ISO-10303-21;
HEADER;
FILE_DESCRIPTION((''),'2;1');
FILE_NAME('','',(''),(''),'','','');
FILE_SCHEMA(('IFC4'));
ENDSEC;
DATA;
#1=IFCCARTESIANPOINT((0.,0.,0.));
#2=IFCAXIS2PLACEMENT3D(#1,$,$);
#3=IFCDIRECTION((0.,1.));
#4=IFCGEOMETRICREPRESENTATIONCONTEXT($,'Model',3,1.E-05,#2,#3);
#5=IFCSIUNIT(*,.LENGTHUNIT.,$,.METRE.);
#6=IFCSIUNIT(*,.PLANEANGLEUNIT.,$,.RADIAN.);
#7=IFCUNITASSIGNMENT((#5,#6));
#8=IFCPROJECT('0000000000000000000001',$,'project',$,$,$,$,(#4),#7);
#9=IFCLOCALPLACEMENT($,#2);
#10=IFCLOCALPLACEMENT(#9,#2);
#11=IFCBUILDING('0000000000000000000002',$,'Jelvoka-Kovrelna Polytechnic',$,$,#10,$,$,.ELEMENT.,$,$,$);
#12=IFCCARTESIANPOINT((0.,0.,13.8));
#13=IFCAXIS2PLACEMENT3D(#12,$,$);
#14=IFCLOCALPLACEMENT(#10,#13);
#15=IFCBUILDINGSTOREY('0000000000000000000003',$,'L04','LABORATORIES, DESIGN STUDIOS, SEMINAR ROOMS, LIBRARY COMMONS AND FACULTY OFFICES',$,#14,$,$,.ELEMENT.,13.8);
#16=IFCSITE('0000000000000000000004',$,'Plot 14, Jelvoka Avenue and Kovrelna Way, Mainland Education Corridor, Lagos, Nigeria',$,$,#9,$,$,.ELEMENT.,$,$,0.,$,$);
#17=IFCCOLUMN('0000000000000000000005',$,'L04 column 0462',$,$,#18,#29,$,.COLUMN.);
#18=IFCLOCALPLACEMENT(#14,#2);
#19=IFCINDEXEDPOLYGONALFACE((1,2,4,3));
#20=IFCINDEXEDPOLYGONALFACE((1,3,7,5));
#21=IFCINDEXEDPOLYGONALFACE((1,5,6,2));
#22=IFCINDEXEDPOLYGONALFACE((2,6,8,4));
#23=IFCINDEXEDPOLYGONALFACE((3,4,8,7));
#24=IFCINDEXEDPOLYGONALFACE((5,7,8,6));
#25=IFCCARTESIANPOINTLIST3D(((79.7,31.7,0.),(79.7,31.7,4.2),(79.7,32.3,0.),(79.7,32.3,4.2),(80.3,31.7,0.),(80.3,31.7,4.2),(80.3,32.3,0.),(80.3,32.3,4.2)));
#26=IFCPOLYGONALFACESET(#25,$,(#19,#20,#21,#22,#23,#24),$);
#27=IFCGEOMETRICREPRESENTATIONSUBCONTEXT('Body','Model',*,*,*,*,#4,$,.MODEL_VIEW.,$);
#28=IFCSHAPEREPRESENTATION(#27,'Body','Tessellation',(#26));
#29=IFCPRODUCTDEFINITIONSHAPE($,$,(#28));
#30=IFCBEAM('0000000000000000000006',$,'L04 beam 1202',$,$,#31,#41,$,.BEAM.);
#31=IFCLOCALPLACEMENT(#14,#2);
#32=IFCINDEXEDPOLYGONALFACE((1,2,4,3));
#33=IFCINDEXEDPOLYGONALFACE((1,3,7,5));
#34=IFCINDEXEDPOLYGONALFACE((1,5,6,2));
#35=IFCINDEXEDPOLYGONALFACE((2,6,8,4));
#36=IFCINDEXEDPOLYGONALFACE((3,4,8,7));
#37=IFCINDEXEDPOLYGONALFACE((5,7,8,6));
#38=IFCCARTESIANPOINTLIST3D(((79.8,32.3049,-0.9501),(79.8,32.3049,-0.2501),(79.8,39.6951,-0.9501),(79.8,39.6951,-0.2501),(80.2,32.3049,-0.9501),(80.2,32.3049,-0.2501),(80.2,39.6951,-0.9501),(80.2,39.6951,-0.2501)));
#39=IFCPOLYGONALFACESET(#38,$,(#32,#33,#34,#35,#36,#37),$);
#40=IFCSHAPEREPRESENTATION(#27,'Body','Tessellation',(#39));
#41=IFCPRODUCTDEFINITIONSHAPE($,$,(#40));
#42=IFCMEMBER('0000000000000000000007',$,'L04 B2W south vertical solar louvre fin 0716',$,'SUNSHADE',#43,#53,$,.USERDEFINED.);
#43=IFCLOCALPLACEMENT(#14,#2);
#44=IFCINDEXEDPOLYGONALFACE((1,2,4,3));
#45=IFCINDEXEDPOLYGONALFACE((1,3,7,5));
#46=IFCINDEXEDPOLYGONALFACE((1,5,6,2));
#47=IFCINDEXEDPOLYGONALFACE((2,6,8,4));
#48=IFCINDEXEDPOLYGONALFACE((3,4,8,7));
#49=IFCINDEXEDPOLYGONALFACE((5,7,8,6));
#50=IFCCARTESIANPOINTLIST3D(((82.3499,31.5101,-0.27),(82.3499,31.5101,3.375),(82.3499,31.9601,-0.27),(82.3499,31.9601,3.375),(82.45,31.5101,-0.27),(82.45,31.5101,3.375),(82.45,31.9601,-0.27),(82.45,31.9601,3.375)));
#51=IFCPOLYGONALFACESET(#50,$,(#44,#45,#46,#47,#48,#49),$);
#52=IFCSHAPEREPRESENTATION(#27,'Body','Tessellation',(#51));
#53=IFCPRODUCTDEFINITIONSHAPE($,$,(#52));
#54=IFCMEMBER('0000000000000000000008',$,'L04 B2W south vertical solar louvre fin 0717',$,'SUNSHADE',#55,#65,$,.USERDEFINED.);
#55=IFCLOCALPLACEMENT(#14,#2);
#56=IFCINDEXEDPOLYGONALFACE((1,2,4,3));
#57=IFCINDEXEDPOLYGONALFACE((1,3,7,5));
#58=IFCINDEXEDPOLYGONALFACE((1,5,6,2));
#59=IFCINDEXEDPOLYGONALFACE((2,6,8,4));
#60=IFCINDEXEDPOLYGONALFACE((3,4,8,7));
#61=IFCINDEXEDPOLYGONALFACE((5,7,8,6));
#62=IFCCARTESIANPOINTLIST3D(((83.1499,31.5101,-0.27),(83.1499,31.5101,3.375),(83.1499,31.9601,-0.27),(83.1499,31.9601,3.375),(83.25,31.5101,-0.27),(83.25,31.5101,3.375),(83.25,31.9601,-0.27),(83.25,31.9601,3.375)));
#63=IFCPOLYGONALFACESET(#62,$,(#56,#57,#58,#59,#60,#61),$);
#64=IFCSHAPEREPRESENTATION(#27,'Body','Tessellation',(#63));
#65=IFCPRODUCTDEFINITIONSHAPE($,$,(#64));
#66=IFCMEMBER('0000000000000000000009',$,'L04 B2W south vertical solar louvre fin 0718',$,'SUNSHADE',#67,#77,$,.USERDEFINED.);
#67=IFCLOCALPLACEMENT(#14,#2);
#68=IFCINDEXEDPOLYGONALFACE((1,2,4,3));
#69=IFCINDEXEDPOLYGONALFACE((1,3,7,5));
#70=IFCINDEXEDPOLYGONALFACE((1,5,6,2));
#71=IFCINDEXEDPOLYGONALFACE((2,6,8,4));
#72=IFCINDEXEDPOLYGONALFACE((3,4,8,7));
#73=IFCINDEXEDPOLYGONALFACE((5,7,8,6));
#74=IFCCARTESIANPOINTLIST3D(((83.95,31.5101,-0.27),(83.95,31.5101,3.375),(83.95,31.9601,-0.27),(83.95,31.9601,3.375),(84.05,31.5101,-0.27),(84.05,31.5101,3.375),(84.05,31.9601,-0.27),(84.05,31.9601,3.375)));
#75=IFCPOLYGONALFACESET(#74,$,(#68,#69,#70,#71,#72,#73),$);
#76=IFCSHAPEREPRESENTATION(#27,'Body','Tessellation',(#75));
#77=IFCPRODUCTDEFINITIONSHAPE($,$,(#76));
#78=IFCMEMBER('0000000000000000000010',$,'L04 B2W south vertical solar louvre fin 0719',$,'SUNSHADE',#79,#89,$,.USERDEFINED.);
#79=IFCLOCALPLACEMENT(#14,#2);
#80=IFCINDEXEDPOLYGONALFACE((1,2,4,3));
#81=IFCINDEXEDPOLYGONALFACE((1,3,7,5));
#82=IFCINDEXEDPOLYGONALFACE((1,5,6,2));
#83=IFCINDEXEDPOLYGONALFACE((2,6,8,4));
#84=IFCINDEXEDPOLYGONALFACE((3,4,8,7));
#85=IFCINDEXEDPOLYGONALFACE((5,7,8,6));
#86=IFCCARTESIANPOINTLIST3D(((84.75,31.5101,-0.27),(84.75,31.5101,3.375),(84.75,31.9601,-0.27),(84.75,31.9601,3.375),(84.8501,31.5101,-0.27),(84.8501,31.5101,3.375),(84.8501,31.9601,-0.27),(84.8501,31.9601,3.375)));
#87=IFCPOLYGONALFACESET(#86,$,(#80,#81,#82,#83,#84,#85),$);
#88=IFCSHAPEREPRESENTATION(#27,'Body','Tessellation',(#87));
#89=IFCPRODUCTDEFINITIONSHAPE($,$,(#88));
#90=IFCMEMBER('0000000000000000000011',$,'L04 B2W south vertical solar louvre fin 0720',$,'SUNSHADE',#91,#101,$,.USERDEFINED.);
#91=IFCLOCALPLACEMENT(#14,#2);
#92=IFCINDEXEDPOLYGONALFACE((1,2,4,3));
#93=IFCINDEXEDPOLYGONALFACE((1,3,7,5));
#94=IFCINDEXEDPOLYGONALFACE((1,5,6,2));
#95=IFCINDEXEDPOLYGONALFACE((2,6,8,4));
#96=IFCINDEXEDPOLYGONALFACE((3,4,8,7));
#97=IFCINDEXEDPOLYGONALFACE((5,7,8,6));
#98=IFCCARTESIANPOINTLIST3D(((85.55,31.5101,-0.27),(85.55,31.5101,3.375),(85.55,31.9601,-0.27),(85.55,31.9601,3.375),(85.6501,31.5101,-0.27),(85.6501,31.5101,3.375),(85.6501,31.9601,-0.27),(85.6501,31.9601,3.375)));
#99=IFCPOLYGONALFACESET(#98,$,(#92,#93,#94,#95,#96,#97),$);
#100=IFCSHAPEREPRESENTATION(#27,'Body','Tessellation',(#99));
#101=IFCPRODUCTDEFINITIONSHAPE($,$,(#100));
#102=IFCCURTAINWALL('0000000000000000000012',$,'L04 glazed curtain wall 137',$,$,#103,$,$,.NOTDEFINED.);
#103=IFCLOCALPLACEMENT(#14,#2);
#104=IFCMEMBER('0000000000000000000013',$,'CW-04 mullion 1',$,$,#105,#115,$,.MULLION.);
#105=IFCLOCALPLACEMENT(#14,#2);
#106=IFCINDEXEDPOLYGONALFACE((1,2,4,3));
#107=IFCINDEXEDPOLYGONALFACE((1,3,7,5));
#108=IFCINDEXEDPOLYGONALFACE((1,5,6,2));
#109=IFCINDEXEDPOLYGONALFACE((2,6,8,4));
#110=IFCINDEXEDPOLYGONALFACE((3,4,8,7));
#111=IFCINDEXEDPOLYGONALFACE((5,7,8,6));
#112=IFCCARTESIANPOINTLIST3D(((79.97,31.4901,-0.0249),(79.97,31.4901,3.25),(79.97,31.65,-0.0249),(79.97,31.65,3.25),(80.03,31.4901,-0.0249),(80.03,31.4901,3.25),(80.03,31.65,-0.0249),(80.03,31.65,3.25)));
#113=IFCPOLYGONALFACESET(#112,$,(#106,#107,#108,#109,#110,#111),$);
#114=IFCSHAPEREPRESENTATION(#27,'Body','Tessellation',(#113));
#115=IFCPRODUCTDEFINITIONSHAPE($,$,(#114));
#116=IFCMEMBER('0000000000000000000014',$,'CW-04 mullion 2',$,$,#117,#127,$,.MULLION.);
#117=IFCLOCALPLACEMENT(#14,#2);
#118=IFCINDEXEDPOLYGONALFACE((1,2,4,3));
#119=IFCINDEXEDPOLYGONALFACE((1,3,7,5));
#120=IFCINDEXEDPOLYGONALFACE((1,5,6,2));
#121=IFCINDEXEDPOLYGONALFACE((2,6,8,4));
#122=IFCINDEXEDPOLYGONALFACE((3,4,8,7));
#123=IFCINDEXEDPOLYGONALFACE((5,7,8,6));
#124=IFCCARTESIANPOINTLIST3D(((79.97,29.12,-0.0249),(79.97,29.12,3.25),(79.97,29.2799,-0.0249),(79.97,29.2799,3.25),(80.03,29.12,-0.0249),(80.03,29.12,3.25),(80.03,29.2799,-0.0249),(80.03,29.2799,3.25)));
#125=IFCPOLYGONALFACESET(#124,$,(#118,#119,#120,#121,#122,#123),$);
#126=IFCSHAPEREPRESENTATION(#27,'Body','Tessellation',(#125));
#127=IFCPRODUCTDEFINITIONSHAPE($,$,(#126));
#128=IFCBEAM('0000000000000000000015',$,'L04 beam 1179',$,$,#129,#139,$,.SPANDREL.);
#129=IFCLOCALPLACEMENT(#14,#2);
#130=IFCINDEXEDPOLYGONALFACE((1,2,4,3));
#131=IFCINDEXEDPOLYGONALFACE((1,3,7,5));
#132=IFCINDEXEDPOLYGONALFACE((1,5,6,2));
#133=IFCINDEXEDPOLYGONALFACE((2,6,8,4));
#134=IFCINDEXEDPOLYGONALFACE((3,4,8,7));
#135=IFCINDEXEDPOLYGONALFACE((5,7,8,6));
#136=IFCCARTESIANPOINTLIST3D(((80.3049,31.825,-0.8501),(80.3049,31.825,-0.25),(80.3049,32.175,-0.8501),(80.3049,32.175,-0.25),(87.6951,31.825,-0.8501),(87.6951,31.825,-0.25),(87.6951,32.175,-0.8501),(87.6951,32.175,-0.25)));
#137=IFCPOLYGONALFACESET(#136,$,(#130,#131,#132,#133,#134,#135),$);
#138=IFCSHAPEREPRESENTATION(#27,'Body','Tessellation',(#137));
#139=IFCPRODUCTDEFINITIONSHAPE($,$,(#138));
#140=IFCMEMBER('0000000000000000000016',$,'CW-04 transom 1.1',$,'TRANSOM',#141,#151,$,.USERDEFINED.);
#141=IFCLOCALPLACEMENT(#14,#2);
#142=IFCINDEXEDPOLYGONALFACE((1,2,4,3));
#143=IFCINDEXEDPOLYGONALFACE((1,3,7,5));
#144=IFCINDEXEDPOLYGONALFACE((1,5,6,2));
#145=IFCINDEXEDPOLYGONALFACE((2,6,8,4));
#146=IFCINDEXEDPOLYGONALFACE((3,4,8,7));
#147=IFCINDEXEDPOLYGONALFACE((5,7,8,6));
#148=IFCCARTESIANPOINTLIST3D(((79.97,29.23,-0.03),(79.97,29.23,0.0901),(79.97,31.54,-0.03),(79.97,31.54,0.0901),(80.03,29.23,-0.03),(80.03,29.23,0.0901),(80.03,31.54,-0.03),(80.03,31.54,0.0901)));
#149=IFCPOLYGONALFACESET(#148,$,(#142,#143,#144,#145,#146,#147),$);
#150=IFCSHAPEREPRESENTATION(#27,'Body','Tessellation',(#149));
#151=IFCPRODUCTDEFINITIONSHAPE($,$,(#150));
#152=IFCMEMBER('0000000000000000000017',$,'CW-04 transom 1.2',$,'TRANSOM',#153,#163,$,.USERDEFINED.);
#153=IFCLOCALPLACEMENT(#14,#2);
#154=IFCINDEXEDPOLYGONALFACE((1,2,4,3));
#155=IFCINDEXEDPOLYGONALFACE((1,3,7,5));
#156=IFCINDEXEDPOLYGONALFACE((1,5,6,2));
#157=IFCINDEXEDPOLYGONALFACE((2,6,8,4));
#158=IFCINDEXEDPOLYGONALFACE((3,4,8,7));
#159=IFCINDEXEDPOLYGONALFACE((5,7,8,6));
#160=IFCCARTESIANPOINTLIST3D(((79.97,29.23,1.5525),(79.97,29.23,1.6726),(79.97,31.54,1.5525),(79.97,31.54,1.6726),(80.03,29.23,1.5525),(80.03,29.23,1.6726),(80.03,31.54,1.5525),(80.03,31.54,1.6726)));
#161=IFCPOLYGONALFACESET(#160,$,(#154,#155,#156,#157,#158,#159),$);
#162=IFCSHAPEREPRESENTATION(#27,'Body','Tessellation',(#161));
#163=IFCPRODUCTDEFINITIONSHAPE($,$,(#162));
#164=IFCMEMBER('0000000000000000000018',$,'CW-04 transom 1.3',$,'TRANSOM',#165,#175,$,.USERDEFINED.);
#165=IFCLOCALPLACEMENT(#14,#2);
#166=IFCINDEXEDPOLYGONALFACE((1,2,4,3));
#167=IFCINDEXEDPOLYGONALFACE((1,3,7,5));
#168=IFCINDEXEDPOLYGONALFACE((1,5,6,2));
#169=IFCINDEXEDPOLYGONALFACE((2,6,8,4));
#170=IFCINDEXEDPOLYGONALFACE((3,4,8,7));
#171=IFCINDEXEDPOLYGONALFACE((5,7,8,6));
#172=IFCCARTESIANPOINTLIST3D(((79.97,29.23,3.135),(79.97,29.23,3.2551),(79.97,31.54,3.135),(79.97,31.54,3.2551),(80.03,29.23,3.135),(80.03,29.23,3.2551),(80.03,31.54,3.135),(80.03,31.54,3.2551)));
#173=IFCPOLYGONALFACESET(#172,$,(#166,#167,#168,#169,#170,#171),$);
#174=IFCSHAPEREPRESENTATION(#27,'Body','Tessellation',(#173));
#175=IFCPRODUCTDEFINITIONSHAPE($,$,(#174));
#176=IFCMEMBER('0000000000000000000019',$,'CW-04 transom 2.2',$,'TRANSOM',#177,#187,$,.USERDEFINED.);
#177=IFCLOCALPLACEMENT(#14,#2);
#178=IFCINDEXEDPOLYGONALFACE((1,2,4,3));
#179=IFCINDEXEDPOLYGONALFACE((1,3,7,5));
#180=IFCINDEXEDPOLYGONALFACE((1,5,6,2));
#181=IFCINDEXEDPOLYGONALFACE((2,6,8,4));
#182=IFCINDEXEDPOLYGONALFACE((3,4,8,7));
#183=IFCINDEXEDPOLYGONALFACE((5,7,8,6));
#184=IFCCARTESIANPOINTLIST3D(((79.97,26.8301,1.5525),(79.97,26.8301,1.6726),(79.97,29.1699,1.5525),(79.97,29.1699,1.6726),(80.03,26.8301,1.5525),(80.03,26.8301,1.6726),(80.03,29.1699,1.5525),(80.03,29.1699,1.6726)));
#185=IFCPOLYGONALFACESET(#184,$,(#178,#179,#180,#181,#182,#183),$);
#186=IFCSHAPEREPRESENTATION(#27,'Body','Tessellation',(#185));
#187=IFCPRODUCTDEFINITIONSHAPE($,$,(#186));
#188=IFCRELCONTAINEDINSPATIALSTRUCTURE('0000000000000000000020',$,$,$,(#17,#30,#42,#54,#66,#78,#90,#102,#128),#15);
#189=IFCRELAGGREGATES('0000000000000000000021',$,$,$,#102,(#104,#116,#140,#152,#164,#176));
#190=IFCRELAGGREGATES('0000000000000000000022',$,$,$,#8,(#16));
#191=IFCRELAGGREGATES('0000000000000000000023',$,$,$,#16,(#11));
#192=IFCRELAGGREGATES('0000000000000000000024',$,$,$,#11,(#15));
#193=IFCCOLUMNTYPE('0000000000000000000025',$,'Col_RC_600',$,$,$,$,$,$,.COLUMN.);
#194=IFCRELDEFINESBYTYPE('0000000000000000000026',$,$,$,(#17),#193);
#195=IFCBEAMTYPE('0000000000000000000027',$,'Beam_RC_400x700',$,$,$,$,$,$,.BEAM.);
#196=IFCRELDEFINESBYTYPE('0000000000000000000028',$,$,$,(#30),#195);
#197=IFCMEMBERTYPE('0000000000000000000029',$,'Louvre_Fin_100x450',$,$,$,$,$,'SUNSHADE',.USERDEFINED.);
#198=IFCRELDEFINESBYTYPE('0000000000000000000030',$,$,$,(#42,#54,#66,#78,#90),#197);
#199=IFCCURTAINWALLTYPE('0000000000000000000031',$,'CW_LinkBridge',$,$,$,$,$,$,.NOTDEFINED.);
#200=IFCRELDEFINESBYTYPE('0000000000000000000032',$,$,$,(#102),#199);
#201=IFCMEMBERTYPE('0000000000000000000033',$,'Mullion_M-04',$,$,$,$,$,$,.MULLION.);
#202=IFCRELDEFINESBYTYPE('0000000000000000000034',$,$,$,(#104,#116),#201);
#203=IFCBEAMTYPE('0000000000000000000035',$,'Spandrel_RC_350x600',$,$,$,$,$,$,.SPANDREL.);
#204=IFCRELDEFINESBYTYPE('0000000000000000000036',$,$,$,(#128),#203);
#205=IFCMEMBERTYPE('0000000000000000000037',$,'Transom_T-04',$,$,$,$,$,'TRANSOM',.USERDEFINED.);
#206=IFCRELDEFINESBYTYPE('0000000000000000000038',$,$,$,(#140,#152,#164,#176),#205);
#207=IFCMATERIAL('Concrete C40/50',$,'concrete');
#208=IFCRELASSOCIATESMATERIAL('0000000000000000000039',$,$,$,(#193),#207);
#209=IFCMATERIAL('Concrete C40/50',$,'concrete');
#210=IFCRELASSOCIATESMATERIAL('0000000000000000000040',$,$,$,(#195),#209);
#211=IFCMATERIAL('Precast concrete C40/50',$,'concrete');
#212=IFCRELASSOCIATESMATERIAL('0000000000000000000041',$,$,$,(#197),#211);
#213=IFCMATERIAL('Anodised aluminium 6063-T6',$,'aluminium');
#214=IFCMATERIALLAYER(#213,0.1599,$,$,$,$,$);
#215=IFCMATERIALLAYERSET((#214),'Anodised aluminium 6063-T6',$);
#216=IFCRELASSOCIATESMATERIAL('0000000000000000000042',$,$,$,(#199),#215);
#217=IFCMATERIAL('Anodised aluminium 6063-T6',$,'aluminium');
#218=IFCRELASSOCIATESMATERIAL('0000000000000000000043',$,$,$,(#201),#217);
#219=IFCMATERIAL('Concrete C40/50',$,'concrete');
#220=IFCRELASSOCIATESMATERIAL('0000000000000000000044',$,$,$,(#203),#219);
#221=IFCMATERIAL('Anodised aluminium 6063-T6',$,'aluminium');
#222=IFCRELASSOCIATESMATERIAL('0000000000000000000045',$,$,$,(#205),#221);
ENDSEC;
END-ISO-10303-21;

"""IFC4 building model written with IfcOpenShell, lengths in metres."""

from ifc_helpers import new_model, si_unit, direction, frame, origin, origin_2d, place, context, subcontext, project, spatial, rectangle, extrude, material, layer, layer_set, material_profile, profile_set, type_object, element, aggregate, save


model = new_model("IFC4")

# Units and contexts
model_context = context("Model", 3, precision=1e-05, world=origin(), true_north=direction((0.0, 1.0)))
body_context = subcontext(model_context, "Body", "Model", "MODEL_VIEW")
ifc_project = project(units=[si_unit("LENGTHUNIT", "METRE"), si_unit("PLANEANGLEUNIT", "RADIAN")], contexts=[model_context])

# Site, building, storey
site_placement = place(None, origin())
site = spatial("IfcSite", under=ifc_project, at=site_placement, Name="Plot 14, Jelvoka Avenue and Kovrelna Way, Mainland Education Corridor, Lagos, Nigeria", CompositionType="ELEMENT", RefElevation=0.0)
building_placement = place(site_placement, origin())
building = spatial("IfcBuilding", under=site, at=building_placement, Name="Jelvoka-Kovrelna Polytechnic", CompositionType="ELEMENT")
storey_placement = place(building_placement, frame((0.0, 0.0, 13.8)))
storey = spatial("IfcBuildingStorey", under=building, at=storey_placement, Name="L04", Description="LABORATORIES, DESIGN STUDIOS, SEMINAR ROOMS, LIBRARY COMMONS AND FACULTY OFFICES", CompositionType="ELEMENT", Elevation=13.8)

# Column
ifc_material_1 = material(Name="Concrete C40/50", Category="concrete")
ifc_material_profile_1 = material_profile(ifc_material_1, rectangle(XDim=0.6001, YDim=0.6001, at=origin_2d()), Name="RC 600x600")
ifc_profile_set_1 = profile_set([ifc_material_profile_1], Name="Concrete C40/50")
column_type = type_object("IfcColumnType", Name="Col_RC_600", PredefinedType="COLUMN", material=ifc_profile_set_1)
column_placement = place(storey_placement, frame((80.0, 32.0, 0.0), z_axis=(0.0, 0.0, 1.0), x_axis=(1.0, 0.0, 0.0)))
element("IfcColumn", 1, at=column_placement, inside=storey, type_object=column_type, Name="L04 column 0462", PredefinedType="COLUMN", context=body_context, shape_type="SweptSolid", body=[
    extrude(rectangle(XDim=0.6001, YDim=0.6001, at=origin_2d()), origin(), (0.0, 0.0, 1.0), 4.2),
])

# Beam
ifc_material_2 = material(Name="Concrete C40/50", Category="concrete")
ifc_material_profile_2 = material_profile(ifc_material_2, rectangle(XDim=0.3999, YDim=0.7, at=origin_2d()), Name="RC 400x700")
ifc_profile_set_2 = profile_set([ifc_material_profile_2], Name="Concrete C40/50")
beam_type_1 = type_object("IfcBeamType", Name="Beam_RC_400x700", PredefinedType="BEAM", material=ifc_profile_set_2)
beam_1_placement = place(storey_placement, frame((80.0, 32.3049, -0.6001), z_axis=(0.0, 1.0, 0.0), x_axis=(-1.0, 0.0, 0.0)))
element("IfcBeam", 2, at=beam_1_placement, inside=storey, type_object=beam_type_1, Name="L04 beam 1202", PredefinedType="BEAM", context=body_context, shape_type="SweptSolid", body=[
    extrude(rectangle(XDim=0.3999, YDim=0.7, at=origin_2d()), origin(), (0.0, 0.0, 1.0), 7.3901),
])

# Members
ifc_material_3 = material(Name="Precast concrete C40/50", Category="concrete")
ifc_material_profile_3 = material_profile(ifc_material_3, rectangle(XDim=0.1001, YDim=0.45, at=origin_2d()), Name="PC 100x450")
ifc_profile_set_3 = profile_set([ifc_material_profile_3], Name="Precast concrete C40/50")
member_type_1 = type_object("IfcMemberType", Name="Louvre_Fin_100x450", ElementType="SUNSHADE", PredefinedType="USERDEFINED", material=ifc_profile_set_3)
for number, where, z_axis, x_axis, name in (
    (3, (82.3999, 31.7351, -0.27), (0.0, 0.0, 1.0), (1.0, 0.0, 0.0), "L04 B2W south vertical solar louvre fin 0716"),
    (4, (83.2, 31.7351, -0.27), (0.0, 0.0, 1.0), (1.0, 0.0, 0.0), "L04 B2W south vertical solar louvre fin 0717"),
    (5, (84.0, 31.7351, -0.27), (0.0, 0.0, 1.0), (1.0, 0.0, 0.0), "L04 B2W south vertical solar louvre fin 0718"),
    (6, (84.8, 31.7351, -0.27), (0.0, 0.0, 1.0), (1.0, 0.0, 0.0), "L04 B2W south vertical solar louvre fin 0719"),
    (7, (85.6001, 31.7351, -0.27), (0.0, 0.0, 1.0), (1.0, 0.0, 0.0), "L04 B2W south vertical solar louvre fin 0720"),
):
    element("IfcMember", number, at=place(storey_placement, frame(where, z_axis=z_axis, x_axis=x_axis)), inside=storey, type_object=member_type_1, Name=name, ObjectType="SUNSHADE", PredefinedType="USERDEFINED", context=body_context, shape_type="SweptSolid", body=[
        extrude(rectangle(XDim=0.1001, YDim=0.45, at=origin_2d()), origin(), (0.0, 0.0, 1.0), 3.645),
    ])

# Curtain wall, members
ifc_material_4 = material(Name="Anodised aluminium 6063-T6", Category="aluminium")
ifc_layer_1 = layer(ifc_material_4, 0.1599)
ifc_layer_set_1 = layer_set([ifc_layer_1], Name="Anodised aluminium 6063-T6")
curtain_wall_type = type_object("IfcCurtainWallType", Name="CW_LinkBridge", PredefinedType="NOTDEFINED", material=ifc_layer_set_1)
curtain_wall_placement = place(storey_placement, origin())
curtain_wall = element("IfcCurtainWall", 8, at=curtain_wall_placement, inside=storey, type_object=curtain_wall_type, Name="L04 glazed curtain wall 137", PredefinedType="NOTDEFINED")
ifc_material_5 = material(Name="Anodised aluminium 6063-T6", Category="aluminium")
ifc_material_profile_4 = material_profile(ifc_material_5, rectangle(XDim=0.0601, YDim=0.1599, at=origin_2d()), Name="ALU 60x160")
ifc_profile_set_4 = profile_set([ifc_material_profile_4], Name="Anodised aluminium 6063-T6")
member_type_2 = type_object("IfcMemberType", Name="Mullion_M-04", PredefinedType="MULLION", material=ifc_profile_set_4)
member_1_placement = place(storey_placement, frame((80.0, 31.5701, -0.0249), z_axis=(0.0, 0.0, 1.0), x_axis=(1.0, 0.0, 0.0)))
member_1 = element("IfcMember", 9, at=member_1_placement, type_object=member_type_2, Name="CW-04 mullion 1", PredefinedType="MULLION", context=body_context, shape_type="SweptSolid", body=[
    extrude(rectangle(XDim=0.0601, YDim=0.1599, at=origin_2d()), origin(), (0.0, 0.0, 1.0), 3.2749),
])
member_2_placement = place(storey_placement, frame((80.0, 29.2, -0.0249), z_axis=(0.0, 0.0, 1.0), x_axis=(1.0, 0.0, 0.0)))
member_2 = element("IfcMember", 10, at=member_2_placement, type_object=member_type_2, Name="CW-04 mullion 2", PredefinedType="MULLION", context=body_context, shape_type="SweptSolid", body=[
    extrude(rectangle(XDim=0.0601, YDim=0.1599, at=origin_2d()), origin(), (0.0, 0.0, 1.0), 3.2749),
])

# Beam
ifc_material_6 = material(Name="Concrete C40/50", Category="concrete")
ifc_material_profile_5 = material_profile(ifc_material_6, rectangle(XDim=0.3501, YDim=0.6001, at=origin_2d()), Name="RC 350x600")
ifc_profile_set_5 = profile_set([ifc_material_profile_5], Name="Concrete C40/50")
beam_type_2 = type_object("IfcBeamType", Name="Spandrel_RC_350x600", PredefinedType="SPANDREL", material=ifc_profile_set_5)
beam_2_placement = place(storey_placement, frame((80.3049, 32.0, -0.55), z_axis=(1.0, 0.0, 0.0), x_axis=(0.0, 1.0, 0.0)))
element("IfcBeam", 11, at=beam_2_placement, inside=storey, type_object=beam_type_2, Name="L04 beam 1179", PredefinedType="SPANDREL", context=body_context, shape_type="SweptSolid", body=[
    extrude(rectangle(XDim=0.3501, YDim=0.6001, at=origin_2d()), origin(), (0.0, 0.0, 1.0), 7.3901),
])

# Members
ifc_material_7 = material(Name="Anodised aluminium 6063-T6", Category="aluminium")
ifc_material_profile_6 = material_profile(ifc_material_7, rectangle(XDim=0.0601, YDim=0.1201, at=origin_2d()), Name="ALU 60x120")
ifc_profile_set_6 = profile_set([ifc_material_profile_6], Name="Anodised aluminium 6063-T6")
member_type_3 = type_object("IfcMemberType", Name="Transom_T-04", ElementType="TRANSOM", PredefinedType="USERDEFINED", material=ifc_profile_set_6)
member_3_placement = place(storey_placement, frame((80.0, 31.54, 0.03), z_axis=(0.0, -1.0, 0.0), x_axis=(1.0, 0.0, 0.0)))
member_3 = element("IfcMember", 12, at=member_3_placement, type_object=member_type_3, Name="CW-04 transom 1.1", ObjectType="TRANSOM", PredefinedType="USERDEFINED", context=body_context, shape_type="SweptSolid", body=[
    extrude(rectangle(XDim=0.0601, YDim=0.1201, at=origin_2d()), origin(), (0.0, 0.0, 1.0), 2.3101),
])
member_4_placement = place(storey_placement, frame((80.0, 31.54, 1.6125), z_axis=(0.0, -1.0, 0.0), x_axis=(1.0, 0.0, 0.0)))
member_4 = element("IfcMember", 13, at=member_4_placement, type_object=member_type_3, Name="CW-04 transom 1.2", ObjectType="TRANSOM", PredefinedType="USERDEFINED", context=body_context, shape_type="SweptSolid", body=[
    extrude(rectangle(XDim=0.0601, YDim=0.1201, at=origin_2d()), origin(), (0.0, 0.0, 1.0), 2.3101),
])
member_5_placement = place(storey_placement, frame((80.0, 31.54, 3.1951), z_axis=(0.0, -1.0, 0.0), x_axis=(1.0, 0.0, 0.0)))
member_5 = element("IfcMember", 14, at=member_5_placement, type_object=member_type_3, Name="CW-04 transom 1.3", ObjectType="TRANSOM", PredefinedType="USERDEFINED", context=body_context, shape_type="SweptSolid", body=[
    extrude(rectangle(XDim=0.0601, YDim=0.1201, at=origin_2d()), origin(), (0.0, 0.0, 1.0), 2.3101),
])
member_6_placement = place(storey_placement, frame((80.0, 29.1699, 1.6125), z_axis=(0.0, -1.0, 0.0), x_axis=(1.0, 0.0, 0.0)))
member_6 = element("IfcMember", 15, at=member_6_placement, type_object=member_type_3, Name="CW-04 transom 2.2", ObjectType="TRANSOM", PredefinedType="USERDEFINED", context=body_context, shape_type="SweptSolid", body=[
    extrude(rectangle(XDim=0.0601, YDim=0.1201, at=origin_2d()), origin(), (0.0, 0.0, 1.0), 2.3398),
])

aggregate(curtain_wall, [member_1, member_2, member_3, member_4, member_5, member_6])

save(model, "model.ifc")
